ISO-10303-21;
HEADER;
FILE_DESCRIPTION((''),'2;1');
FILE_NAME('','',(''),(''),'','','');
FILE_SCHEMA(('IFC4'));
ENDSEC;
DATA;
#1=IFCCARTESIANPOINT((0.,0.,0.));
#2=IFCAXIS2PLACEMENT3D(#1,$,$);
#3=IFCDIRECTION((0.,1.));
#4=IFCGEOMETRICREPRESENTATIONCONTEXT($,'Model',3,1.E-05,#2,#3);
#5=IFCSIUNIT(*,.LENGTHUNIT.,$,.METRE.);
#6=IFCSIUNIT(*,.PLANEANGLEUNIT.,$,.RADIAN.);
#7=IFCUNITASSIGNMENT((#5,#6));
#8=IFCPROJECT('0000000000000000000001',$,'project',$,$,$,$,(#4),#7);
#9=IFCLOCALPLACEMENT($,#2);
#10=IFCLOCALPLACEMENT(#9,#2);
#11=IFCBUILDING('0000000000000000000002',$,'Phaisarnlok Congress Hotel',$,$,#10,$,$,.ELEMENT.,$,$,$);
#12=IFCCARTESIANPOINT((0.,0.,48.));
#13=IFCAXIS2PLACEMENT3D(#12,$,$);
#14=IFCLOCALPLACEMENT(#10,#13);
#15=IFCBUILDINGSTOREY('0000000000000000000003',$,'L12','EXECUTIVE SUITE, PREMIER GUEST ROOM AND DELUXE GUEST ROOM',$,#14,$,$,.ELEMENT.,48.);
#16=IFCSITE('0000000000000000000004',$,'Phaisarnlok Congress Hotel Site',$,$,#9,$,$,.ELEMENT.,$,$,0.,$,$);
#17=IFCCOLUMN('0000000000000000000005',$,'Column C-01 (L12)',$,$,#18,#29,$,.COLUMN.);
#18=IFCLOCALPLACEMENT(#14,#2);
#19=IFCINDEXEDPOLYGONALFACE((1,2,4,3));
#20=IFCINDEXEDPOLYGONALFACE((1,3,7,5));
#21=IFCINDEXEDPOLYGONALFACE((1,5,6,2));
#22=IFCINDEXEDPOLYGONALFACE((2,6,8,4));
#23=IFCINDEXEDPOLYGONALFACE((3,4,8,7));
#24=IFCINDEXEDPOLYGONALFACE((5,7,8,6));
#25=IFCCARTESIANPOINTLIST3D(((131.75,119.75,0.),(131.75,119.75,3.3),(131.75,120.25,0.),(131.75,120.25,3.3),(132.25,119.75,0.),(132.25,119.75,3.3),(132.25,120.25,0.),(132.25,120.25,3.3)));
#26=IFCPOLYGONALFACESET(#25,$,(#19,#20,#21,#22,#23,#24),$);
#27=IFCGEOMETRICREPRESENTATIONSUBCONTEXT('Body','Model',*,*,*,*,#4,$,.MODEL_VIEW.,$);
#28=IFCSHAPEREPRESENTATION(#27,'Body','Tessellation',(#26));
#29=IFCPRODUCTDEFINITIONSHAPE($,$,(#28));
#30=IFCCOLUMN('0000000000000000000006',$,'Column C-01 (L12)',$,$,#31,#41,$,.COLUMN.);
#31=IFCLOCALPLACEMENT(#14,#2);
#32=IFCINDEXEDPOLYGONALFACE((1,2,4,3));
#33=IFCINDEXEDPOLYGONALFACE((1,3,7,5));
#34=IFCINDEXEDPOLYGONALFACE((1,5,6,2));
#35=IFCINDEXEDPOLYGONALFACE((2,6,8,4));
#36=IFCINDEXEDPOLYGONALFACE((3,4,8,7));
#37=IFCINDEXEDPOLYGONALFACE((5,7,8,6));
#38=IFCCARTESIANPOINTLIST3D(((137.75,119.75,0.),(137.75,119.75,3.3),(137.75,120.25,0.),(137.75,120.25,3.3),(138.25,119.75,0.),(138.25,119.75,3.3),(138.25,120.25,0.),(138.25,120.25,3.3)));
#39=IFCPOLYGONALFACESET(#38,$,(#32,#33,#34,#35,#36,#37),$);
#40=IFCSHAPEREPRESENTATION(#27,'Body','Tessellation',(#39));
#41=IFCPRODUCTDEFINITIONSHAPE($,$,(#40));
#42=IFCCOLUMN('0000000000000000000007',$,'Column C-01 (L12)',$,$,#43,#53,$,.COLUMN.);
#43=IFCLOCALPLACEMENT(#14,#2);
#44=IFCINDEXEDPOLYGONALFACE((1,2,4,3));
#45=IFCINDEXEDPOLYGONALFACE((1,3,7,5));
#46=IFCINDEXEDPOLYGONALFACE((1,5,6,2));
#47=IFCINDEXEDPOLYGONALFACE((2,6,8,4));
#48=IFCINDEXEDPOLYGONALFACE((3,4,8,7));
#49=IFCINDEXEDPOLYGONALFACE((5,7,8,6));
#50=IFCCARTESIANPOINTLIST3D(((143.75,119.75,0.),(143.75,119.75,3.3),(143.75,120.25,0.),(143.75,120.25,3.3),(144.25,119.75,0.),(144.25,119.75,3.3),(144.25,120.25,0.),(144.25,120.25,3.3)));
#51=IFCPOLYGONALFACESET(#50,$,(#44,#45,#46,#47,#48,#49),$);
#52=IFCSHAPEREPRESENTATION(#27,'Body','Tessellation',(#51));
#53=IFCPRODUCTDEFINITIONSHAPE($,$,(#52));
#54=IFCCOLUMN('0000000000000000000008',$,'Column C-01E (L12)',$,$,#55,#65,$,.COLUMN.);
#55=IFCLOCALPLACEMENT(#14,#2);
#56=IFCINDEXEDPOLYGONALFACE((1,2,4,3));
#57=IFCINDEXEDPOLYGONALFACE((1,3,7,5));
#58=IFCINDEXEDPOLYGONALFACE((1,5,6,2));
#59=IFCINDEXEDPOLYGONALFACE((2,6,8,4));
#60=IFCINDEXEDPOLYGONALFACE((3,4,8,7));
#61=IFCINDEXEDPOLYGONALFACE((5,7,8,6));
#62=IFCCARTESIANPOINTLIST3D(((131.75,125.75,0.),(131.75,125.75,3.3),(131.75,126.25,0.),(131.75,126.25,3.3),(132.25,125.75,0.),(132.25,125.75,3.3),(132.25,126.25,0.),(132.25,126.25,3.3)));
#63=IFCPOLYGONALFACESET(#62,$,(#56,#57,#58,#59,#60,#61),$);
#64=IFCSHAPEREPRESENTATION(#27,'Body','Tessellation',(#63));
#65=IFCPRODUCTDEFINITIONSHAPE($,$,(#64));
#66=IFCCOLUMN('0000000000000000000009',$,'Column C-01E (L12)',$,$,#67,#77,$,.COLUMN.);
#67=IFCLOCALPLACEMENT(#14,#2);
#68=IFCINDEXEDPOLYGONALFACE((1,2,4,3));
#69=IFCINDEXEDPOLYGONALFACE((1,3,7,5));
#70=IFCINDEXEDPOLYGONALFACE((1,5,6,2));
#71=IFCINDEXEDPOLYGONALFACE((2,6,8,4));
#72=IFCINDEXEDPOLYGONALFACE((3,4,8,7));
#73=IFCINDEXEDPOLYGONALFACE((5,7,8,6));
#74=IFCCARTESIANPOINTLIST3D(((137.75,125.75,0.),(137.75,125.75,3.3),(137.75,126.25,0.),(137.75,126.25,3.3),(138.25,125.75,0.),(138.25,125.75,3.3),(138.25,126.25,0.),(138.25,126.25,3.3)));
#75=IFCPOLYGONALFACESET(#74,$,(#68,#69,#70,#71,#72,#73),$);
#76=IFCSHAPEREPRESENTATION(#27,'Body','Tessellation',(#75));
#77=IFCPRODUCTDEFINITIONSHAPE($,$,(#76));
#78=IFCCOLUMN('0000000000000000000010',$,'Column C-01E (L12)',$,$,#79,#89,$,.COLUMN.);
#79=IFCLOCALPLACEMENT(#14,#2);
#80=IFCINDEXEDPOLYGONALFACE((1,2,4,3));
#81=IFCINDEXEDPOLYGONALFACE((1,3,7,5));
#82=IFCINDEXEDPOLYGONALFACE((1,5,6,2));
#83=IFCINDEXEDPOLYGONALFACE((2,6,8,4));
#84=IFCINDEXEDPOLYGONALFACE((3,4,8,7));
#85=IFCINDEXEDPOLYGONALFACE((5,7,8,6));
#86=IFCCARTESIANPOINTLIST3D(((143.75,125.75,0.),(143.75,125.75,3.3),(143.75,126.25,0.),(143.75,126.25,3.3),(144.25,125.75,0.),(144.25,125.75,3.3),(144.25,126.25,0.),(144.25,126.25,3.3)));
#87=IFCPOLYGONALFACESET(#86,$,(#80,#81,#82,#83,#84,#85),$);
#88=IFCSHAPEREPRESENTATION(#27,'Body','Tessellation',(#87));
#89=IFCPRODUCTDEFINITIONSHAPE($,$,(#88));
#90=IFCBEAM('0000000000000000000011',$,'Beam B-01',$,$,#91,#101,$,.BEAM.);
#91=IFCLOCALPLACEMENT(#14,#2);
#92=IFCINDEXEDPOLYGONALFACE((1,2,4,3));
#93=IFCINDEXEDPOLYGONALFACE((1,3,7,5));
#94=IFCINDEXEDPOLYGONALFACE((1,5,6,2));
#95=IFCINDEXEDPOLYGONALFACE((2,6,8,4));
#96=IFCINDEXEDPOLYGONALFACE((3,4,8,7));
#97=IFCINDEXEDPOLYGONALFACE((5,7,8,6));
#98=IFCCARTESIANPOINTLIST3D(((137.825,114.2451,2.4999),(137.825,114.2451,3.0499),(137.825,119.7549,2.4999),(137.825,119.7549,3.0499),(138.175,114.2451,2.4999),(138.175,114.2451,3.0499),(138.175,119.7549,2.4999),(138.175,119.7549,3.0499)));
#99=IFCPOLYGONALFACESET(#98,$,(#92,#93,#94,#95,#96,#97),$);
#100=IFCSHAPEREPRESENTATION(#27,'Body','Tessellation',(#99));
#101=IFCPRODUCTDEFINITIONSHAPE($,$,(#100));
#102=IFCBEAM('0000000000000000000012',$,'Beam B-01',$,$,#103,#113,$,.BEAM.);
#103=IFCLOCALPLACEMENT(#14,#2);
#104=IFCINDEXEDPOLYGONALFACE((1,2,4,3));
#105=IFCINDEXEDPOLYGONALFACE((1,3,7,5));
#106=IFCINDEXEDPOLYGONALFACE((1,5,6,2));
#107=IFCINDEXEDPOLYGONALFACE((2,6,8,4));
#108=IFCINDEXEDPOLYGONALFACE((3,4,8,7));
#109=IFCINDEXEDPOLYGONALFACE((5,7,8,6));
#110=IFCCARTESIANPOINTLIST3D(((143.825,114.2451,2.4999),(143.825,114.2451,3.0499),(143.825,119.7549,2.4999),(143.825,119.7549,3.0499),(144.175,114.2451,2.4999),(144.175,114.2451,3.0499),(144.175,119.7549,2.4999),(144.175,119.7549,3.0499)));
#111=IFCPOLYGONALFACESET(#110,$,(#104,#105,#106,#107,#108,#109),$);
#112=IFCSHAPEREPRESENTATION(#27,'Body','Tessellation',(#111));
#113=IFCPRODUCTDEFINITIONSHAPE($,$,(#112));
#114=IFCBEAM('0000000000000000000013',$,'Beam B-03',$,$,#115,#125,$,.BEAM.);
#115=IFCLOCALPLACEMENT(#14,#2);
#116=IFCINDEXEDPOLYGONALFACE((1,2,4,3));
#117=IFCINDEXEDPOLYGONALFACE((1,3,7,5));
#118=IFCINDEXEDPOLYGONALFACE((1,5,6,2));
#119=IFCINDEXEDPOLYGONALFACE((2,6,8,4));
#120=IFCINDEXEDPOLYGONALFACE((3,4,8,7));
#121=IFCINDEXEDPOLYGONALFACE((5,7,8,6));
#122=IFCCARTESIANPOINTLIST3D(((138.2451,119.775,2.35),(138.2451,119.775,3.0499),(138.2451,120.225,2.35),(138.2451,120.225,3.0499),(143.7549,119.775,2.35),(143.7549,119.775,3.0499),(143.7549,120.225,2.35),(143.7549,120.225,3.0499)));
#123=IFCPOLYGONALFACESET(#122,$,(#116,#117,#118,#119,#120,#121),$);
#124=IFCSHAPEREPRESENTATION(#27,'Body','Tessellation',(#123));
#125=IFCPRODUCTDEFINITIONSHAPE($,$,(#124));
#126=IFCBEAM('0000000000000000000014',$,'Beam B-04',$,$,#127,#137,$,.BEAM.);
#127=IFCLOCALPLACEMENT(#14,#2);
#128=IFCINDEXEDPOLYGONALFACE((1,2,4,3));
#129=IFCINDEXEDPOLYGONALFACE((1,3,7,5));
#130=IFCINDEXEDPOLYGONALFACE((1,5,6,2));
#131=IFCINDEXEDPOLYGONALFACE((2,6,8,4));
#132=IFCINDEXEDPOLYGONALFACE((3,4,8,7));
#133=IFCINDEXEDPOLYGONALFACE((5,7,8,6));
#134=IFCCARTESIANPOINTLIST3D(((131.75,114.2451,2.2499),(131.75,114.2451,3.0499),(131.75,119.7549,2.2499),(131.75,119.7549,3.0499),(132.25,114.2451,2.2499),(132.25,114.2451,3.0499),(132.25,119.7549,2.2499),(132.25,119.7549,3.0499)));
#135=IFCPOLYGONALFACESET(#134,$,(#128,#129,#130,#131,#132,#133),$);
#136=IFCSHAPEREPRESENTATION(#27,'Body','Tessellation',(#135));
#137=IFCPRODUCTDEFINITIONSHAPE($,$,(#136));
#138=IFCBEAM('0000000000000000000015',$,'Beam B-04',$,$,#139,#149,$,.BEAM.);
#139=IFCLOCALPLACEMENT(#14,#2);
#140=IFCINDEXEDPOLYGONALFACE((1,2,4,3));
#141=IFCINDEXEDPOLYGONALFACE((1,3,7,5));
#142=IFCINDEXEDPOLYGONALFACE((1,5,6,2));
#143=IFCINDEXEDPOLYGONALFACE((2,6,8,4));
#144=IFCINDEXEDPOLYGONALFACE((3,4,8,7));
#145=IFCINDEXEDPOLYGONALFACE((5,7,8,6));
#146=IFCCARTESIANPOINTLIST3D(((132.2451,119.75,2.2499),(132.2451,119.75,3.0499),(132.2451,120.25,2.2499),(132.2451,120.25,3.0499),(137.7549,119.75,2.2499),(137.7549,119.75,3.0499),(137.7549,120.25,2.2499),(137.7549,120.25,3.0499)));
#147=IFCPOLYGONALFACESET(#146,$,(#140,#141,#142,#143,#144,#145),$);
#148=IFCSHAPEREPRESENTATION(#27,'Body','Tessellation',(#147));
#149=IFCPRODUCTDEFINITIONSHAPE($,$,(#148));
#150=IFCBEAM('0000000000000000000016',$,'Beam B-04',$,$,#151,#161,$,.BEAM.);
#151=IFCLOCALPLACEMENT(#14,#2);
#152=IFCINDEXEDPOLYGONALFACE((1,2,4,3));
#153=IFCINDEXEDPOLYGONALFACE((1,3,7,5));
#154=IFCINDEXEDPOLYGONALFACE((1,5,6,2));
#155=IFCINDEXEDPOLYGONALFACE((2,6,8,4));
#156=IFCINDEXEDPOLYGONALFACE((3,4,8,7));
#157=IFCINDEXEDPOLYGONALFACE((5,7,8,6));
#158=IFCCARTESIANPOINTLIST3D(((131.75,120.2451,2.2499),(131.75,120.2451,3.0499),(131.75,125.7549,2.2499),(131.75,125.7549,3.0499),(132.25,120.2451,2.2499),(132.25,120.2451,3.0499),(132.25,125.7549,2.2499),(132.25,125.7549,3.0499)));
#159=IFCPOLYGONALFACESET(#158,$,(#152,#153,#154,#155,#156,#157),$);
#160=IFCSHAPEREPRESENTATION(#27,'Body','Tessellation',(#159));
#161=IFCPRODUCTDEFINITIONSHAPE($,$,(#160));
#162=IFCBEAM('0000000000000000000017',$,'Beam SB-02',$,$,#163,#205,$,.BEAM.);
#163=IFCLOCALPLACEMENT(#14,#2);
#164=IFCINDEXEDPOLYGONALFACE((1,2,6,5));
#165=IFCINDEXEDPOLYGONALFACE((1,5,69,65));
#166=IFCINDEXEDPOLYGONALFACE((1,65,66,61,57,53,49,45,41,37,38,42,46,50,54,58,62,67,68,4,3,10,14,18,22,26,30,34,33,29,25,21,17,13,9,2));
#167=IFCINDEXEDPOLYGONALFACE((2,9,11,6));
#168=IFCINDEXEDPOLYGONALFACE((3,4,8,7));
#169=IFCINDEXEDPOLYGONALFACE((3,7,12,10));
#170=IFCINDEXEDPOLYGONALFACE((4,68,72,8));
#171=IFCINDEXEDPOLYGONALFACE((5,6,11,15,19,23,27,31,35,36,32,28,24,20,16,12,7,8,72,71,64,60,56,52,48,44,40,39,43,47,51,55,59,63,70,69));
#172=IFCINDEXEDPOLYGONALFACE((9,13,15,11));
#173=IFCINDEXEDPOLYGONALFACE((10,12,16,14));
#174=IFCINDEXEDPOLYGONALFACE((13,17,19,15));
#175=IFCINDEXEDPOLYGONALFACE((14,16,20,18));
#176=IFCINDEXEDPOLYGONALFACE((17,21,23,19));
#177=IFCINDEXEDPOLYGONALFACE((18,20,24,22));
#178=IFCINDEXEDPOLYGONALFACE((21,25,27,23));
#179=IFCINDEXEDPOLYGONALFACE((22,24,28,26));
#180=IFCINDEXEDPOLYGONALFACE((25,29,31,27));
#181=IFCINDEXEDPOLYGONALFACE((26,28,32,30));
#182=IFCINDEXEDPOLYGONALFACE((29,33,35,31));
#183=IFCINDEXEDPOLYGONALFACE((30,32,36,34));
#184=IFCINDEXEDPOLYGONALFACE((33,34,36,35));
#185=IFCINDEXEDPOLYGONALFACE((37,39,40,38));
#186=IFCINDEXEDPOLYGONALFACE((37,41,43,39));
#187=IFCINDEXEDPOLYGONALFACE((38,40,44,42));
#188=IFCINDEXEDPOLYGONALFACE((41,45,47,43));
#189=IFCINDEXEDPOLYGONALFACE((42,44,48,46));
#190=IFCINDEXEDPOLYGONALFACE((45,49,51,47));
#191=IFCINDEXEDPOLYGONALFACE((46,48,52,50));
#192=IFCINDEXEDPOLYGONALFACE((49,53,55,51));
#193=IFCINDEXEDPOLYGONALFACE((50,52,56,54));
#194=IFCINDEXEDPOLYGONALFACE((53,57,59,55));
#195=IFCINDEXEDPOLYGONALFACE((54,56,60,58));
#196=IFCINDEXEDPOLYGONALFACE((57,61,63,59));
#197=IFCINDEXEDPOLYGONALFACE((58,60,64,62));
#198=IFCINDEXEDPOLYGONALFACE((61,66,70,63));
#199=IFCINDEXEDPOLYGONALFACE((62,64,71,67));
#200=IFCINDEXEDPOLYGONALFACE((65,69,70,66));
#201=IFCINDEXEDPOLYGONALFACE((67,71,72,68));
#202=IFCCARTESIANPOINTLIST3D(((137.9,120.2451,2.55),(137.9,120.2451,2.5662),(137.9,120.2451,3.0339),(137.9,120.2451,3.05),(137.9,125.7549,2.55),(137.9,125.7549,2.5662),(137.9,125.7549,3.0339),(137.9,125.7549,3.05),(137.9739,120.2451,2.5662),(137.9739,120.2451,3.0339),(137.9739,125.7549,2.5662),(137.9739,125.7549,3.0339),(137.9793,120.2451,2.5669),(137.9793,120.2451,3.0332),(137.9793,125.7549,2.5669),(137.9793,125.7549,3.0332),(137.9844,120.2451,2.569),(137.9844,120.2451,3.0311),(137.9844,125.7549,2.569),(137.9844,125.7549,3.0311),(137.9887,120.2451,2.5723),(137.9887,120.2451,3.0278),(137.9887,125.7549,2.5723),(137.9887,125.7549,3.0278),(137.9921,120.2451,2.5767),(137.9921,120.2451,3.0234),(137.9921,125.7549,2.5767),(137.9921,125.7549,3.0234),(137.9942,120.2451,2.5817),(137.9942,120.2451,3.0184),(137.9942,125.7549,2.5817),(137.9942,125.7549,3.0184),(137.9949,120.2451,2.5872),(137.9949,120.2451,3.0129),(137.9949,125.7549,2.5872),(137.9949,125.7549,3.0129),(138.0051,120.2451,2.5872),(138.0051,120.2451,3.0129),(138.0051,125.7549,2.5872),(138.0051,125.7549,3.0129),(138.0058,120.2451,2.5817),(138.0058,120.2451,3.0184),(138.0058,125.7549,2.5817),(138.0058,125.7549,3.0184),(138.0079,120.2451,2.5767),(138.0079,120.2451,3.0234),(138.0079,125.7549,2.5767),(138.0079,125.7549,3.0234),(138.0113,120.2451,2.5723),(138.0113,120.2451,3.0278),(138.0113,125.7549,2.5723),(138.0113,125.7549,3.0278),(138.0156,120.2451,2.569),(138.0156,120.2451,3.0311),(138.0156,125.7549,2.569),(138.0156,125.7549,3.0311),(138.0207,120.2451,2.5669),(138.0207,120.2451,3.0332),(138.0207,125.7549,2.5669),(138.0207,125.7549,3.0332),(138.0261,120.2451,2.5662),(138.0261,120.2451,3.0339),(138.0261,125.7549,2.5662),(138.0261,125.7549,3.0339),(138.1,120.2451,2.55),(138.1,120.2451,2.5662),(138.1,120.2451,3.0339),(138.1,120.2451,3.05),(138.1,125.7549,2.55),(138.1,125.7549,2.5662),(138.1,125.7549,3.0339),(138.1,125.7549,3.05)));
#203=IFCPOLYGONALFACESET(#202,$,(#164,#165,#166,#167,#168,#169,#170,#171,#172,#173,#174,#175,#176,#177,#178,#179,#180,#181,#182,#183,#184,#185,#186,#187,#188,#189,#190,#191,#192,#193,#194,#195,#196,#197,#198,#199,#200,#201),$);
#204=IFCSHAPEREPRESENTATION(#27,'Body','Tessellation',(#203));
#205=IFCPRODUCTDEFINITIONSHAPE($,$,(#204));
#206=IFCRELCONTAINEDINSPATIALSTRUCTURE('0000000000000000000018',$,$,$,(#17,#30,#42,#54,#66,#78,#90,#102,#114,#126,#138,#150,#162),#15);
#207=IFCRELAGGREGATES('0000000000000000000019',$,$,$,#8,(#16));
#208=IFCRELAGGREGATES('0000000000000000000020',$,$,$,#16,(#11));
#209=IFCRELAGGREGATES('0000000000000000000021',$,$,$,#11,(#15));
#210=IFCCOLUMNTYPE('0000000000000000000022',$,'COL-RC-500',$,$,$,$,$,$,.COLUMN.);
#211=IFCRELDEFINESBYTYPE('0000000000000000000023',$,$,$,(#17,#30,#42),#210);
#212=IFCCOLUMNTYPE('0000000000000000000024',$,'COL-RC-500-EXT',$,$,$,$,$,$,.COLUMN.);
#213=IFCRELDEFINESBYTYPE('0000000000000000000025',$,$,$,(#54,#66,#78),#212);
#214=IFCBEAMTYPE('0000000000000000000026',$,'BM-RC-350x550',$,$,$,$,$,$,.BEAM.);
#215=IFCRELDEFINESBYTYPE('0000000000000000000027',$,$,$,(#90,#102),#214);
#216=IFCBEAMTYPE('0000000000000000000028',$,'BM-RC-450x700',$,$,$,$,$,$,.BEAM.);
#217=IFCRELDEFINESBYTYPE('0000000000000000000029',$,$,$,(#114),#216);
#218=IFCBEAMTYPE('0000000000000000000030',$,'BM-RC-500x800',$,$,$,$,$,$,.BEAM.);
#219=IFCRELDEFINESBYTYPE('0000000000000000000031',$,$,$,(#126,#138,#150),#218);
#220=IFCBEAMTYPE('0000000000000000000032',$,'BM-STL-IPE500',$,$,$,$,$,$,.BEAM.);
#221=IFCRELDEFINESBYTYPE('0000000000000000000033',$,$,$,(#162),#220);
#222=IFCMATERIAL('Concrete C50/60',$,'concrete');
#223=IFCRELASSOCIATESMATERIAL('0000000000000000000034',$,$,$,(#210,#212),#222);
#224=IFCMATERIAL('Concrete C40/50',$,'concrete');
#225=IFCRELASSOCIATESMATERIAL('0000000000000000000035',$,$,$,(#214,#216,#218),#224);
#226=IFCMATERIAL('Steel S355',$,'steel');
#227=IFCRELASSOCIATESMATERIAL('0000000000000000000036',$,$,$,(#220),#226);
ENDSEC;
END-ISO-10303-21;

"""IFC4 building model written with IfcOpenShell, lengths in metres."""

from ifc_helpers import new_model, si_unit, direction, frame, origin, origin_2d, place, context, subcontext, project, spatial, rectangle, i_section, extrude, material, material_profile, profile_set, type_object, element, save


model = new_model("IFC4")

# Units and contexts
model_context = context("Model", 3, precision=1e-05, world=origin(), true_north=direction((0.0, 1.0)))
body_context = subcontext(model_context, "Body", "Model", "MODEL_VIEW")
ifc_project = project(units=[si_unit("LENGTHUNIT", "METRE"), si_unit("PLANEANGLEUNIT", "RADIAN")], contexts=[model_context])

# Site, building, storey
site_placement = place(None, origin())
site = spatial("IfcSite", under=ifc_project, at=site_placement, Name="Phaisarnlok Congress Hotel Site", CompositionType="ELEMENT", RefElevation=0.0)
building_placement = place(site_placement, origin())
building = spatial("IfcBuilding", under=site, at=building_placement, Name="Phaisarnlok Congress Hotel", CompositionType="ELEMENT")
storey_placement = place(building_placement, frame((0.0, 0.0, 48.0)))
storey = spatial("IfcBuildingStorey", under=building, at=storey_placement, Name="L12", Description="EXECUTIVE SUITE, PREMIER GUEST ROOM AND DELUXE GUEST ROOM", CompositionType="ELEMENT", Elevation=48.0)

# Columns
ifc_material_1 = material(Name="Concrete C50/60", Category="concrete")
ifc_material_profile_1 = material_profile(ifc_material_1, rectangle(XDim=0.5, YDim=0.5, at=origin_2d()), Name="RC 500x500")
ifc_profile_set_1 = profile_set([ifc_material_profile_1], Name="Concrete C50/60")
column_type_1 = type_object("IfcColumnType", Name="COL-RC-500", PredefinedType="COLUMN", material=ifc_profile_set_1)
for number, where, z_axis, x_axis, name in (
    (1, (132.0, 120.0, 0.0), (0.0, 0.0, 1.0), (1.0, 0.0, 0.0), "Column C-01 (L12)"),
    (2, (138.0, 120.0, 0.0), (0.0, 0.0, 1.0), (1.0, 0.0, 0.0), "Column C-01 (L12)"),
    (3, (144.0, 120.0, 0.0), (0.0, 0.0, 1.0), (1.0, 0.0, 0.0), "Column C-01 (L12)"),
):
    element("IfcColumn", number, at=place(storey_placement, frame(where, z_axis=z_axis, x_axis=x_axis)), inside=storey, type_object=column_type_1, Name=name, PredefinedType="COLUMN", context=body_context, shape_type="SweptSolid", body=[
        extrude(rectangle(XDim=0.5, YDim=0.5, at=origin_2d()), origin(), (0.0, 0.0, 1.0), 3.3),
    ])
ifc_material_profile_2 = material_profile(ifc_material_1, rectangle(XDim=0.5, YDim=0.5, at=origin_2d()), Name="RC 500x500")
ifc_profile_set_2 = profile_set([ifc_material_profile_2], Name="Concrete C50/60")
column_type_2 = type_object("IfcColumnType", Name="COL-RC-500-EXT", PredefinedType="COLUMN", material=ifc_profile_set_2)
for number, where, z_axis, x_axis, name in (
    (4, (132.0, 126.0, 0.0), (0.0, 0.0, 1.0), (1.0, 0.0, 0.0), "Column C-01E (L12)"),
    (5, (138.0, 126.0, 0.0), (0.0, 0.0, 1.0), (1.0, 0.0, 0.0), "Column C-01E (L12)"),
    (6, (144.0, 126.0, 0.0), (0.0, 0.0, 1.0), (1.0, 0.0, 0.0), "Column C-01E (L12)"),
):
    element("IfcColumn", number, at=place(storey_placement, frame(where, z_axis=z_axis, x_axis=x_axis)), inside=storey, type_object=column_type_2, Name=name, PredefinedType="COLUMN", context=body_context, shape_type="SweptSolid", body=[
        extrude(rectangle(XDim=0.5, YDim=0.5, at=origin_2d()), origin(), (0.0, 0.0, 1.0), 3.3),
    ])

# Beams
ifc_material_2 = material(Name="Concrete C40/50", Category="concrete")
ifc_material_profile_3 = material_profile(ifc_material_2, rectangle(XDim=0.3501, YDim=0.55, at=origin_2d()), Name="RC 350x550")
ifc_profile_set_3 = profile_set([ifc_material_profile_3], Name="Concrete C40/50")
beam_type_1 = type_object("IfcBeamType", Name="BM-RC-350x550", PredefinedType="BEAM", material=ifc_profile_set_3)
for number, where, z_axis, x_axis, name in (
    (7, (138.0, 114.2451, 2.7749), (0.0, 1.0, 0.0), (-1.0, 0.0, 0.0), "Beam B-01"),
    (8, (144.0, 114.2451, 2.7749), (0.0, 1.0, 0.0), (-1.0, 0.0, 0.0), "Beam B-01"),
):
    element("IfcBeam", number, at=place(storey_placement, frame(where, z_axis=z_axis, x_axis=x_axis)), inside=storey, type_object=beam_type_1, Name=name, PredefinedType="BEAM", context=body_context, shape_type="SweptSolid", body=[
        extrude(rectangle(XDim=0.3501, YDim=0.55, at=origin_2d()), origin(), (0.0, 0.0, 1.0), 5.5098),
    ])
ifc_material_profile_4 = material_profile(ifc_material_2, rectangle(XDim=0.45, YDim=0.7, at=origin_2d()), Name="RC 450x700")
ifc_profile_set_4 = profile_set([ifc_material_profile_4], Name="Concrete C40/50")
beam_type_2 = type_object("IfcBeamType", Name="BM-RC-450x700", PredefinedType="BEAM", material=ifc_profile_set_4)
beam_placement = place(storey_placement, frame((138.2451, 120.0, 2.7), z_axis=(1.0, 0.0, 0.0), x_axis=(0.0, 1.0, 0.0)))
element("IfcBeam", 9, at=beam_placement, inside=storey, type_object=beam_type_2, Name="Beam B-03", PredefinedType="BEAM", context=body_context, shape_type="SweptSolid", body=[
    extrude(rectangle(XDim=0.45, YDim=0.7, at=origin_2d()), origin(), (0.0, 0.0, 1.0), 5.5098),
])
ifc_material_profile_5 = material_profile(ifc_material_2, rectangle(XDim=0.5, YDim=0.8, at=origin_2d()), Name="RC 500x800")
ifc_profile_set_5 = profile_set([ifc_material_profile_5], Name="Concrete C40/50")
beam_type_3 = type_object("IfcBeamType", Name="BM-RC-500x800", PredefinedType="BEAM", material=ifc_profile_set_5)
for number, where, z_axis, x_axis, name in (
    (10, (132.0, 114.2451, 2.6499), (0.0, 1.0, 0.0), (-1.0, 0.0, 0.0), "Beam B-04"),
    (11, (132.2451, 120.0, 2.6499), (1.0, 0.0, 0.0), (0.0, 1.0, 0.0), "Beam B-04"),
    (12, (132.0, 120.2451, 2.6499), (0.0, 1.0, 0.0), (-1.0, 0.0, 0.0), "Beam B-04"),
):
    element("IfcBeam", number, at=place(storey_placement, frame(where, z_axis=z_axis, x_axis=x_axis)), inside=storey, type_object=beam_type_3, Name=name, PredefinedType="BEAM", context=body_context, shape_type="SweptSolid", body=[
        extrude(rectangle(XDim=0.5, YDim=0.8, at=origin_2d()), origin(), (0.0, 0.0, 1.0), 5.5098),
    ])
ifc_material_3 = material(Name="Steel S355", Category="steel")
ifc_material_profile_6 = material_profile(ifc_material_3, i_section(OverallWidth=0.2, OverallDepth=0.5, WebThickness=0.0103, FlangeThickness=0.0161, FilletRadius=0.021, at=origin_2d()), Name="IPE 500")
ifc_profile_set_6 = profile_set([ifc_material_profile_6], Name="Steel S355")
beam_type_4 = type_object("IfcBeamType", Name="BM-STL-IPE500", PredefinedType="BEAM", material=ifc_profile_set_6)
for number, where, z_axis, x_axis, name in (
    (13, (138.0, 120.2451, 2.8), (0.0, 1.0, 0.0), (-1.0, 0.0, 0.0), "Beam SB-02"),
):
    element("IfcBeam", number, at=place(storey_placement, frame(where, z_axis=z_axis, x_axis=x_axis)), inside=storey, type_object=beam_type_4, Name=name, PredefinedType="BEAM", context=body_context, shape_type="SweptSolid", body=[
        extrude(i_section(OverallWidth=0.2, OverallDepth=0.5, WebThickness=0.0103, FlangeThickness=0.0161, FilletRadius=0.021, at=origin_2d()), origin(), (0.0, 0.0, 1.0), 5.5098),
    ])

save(model, "model.ifc")
